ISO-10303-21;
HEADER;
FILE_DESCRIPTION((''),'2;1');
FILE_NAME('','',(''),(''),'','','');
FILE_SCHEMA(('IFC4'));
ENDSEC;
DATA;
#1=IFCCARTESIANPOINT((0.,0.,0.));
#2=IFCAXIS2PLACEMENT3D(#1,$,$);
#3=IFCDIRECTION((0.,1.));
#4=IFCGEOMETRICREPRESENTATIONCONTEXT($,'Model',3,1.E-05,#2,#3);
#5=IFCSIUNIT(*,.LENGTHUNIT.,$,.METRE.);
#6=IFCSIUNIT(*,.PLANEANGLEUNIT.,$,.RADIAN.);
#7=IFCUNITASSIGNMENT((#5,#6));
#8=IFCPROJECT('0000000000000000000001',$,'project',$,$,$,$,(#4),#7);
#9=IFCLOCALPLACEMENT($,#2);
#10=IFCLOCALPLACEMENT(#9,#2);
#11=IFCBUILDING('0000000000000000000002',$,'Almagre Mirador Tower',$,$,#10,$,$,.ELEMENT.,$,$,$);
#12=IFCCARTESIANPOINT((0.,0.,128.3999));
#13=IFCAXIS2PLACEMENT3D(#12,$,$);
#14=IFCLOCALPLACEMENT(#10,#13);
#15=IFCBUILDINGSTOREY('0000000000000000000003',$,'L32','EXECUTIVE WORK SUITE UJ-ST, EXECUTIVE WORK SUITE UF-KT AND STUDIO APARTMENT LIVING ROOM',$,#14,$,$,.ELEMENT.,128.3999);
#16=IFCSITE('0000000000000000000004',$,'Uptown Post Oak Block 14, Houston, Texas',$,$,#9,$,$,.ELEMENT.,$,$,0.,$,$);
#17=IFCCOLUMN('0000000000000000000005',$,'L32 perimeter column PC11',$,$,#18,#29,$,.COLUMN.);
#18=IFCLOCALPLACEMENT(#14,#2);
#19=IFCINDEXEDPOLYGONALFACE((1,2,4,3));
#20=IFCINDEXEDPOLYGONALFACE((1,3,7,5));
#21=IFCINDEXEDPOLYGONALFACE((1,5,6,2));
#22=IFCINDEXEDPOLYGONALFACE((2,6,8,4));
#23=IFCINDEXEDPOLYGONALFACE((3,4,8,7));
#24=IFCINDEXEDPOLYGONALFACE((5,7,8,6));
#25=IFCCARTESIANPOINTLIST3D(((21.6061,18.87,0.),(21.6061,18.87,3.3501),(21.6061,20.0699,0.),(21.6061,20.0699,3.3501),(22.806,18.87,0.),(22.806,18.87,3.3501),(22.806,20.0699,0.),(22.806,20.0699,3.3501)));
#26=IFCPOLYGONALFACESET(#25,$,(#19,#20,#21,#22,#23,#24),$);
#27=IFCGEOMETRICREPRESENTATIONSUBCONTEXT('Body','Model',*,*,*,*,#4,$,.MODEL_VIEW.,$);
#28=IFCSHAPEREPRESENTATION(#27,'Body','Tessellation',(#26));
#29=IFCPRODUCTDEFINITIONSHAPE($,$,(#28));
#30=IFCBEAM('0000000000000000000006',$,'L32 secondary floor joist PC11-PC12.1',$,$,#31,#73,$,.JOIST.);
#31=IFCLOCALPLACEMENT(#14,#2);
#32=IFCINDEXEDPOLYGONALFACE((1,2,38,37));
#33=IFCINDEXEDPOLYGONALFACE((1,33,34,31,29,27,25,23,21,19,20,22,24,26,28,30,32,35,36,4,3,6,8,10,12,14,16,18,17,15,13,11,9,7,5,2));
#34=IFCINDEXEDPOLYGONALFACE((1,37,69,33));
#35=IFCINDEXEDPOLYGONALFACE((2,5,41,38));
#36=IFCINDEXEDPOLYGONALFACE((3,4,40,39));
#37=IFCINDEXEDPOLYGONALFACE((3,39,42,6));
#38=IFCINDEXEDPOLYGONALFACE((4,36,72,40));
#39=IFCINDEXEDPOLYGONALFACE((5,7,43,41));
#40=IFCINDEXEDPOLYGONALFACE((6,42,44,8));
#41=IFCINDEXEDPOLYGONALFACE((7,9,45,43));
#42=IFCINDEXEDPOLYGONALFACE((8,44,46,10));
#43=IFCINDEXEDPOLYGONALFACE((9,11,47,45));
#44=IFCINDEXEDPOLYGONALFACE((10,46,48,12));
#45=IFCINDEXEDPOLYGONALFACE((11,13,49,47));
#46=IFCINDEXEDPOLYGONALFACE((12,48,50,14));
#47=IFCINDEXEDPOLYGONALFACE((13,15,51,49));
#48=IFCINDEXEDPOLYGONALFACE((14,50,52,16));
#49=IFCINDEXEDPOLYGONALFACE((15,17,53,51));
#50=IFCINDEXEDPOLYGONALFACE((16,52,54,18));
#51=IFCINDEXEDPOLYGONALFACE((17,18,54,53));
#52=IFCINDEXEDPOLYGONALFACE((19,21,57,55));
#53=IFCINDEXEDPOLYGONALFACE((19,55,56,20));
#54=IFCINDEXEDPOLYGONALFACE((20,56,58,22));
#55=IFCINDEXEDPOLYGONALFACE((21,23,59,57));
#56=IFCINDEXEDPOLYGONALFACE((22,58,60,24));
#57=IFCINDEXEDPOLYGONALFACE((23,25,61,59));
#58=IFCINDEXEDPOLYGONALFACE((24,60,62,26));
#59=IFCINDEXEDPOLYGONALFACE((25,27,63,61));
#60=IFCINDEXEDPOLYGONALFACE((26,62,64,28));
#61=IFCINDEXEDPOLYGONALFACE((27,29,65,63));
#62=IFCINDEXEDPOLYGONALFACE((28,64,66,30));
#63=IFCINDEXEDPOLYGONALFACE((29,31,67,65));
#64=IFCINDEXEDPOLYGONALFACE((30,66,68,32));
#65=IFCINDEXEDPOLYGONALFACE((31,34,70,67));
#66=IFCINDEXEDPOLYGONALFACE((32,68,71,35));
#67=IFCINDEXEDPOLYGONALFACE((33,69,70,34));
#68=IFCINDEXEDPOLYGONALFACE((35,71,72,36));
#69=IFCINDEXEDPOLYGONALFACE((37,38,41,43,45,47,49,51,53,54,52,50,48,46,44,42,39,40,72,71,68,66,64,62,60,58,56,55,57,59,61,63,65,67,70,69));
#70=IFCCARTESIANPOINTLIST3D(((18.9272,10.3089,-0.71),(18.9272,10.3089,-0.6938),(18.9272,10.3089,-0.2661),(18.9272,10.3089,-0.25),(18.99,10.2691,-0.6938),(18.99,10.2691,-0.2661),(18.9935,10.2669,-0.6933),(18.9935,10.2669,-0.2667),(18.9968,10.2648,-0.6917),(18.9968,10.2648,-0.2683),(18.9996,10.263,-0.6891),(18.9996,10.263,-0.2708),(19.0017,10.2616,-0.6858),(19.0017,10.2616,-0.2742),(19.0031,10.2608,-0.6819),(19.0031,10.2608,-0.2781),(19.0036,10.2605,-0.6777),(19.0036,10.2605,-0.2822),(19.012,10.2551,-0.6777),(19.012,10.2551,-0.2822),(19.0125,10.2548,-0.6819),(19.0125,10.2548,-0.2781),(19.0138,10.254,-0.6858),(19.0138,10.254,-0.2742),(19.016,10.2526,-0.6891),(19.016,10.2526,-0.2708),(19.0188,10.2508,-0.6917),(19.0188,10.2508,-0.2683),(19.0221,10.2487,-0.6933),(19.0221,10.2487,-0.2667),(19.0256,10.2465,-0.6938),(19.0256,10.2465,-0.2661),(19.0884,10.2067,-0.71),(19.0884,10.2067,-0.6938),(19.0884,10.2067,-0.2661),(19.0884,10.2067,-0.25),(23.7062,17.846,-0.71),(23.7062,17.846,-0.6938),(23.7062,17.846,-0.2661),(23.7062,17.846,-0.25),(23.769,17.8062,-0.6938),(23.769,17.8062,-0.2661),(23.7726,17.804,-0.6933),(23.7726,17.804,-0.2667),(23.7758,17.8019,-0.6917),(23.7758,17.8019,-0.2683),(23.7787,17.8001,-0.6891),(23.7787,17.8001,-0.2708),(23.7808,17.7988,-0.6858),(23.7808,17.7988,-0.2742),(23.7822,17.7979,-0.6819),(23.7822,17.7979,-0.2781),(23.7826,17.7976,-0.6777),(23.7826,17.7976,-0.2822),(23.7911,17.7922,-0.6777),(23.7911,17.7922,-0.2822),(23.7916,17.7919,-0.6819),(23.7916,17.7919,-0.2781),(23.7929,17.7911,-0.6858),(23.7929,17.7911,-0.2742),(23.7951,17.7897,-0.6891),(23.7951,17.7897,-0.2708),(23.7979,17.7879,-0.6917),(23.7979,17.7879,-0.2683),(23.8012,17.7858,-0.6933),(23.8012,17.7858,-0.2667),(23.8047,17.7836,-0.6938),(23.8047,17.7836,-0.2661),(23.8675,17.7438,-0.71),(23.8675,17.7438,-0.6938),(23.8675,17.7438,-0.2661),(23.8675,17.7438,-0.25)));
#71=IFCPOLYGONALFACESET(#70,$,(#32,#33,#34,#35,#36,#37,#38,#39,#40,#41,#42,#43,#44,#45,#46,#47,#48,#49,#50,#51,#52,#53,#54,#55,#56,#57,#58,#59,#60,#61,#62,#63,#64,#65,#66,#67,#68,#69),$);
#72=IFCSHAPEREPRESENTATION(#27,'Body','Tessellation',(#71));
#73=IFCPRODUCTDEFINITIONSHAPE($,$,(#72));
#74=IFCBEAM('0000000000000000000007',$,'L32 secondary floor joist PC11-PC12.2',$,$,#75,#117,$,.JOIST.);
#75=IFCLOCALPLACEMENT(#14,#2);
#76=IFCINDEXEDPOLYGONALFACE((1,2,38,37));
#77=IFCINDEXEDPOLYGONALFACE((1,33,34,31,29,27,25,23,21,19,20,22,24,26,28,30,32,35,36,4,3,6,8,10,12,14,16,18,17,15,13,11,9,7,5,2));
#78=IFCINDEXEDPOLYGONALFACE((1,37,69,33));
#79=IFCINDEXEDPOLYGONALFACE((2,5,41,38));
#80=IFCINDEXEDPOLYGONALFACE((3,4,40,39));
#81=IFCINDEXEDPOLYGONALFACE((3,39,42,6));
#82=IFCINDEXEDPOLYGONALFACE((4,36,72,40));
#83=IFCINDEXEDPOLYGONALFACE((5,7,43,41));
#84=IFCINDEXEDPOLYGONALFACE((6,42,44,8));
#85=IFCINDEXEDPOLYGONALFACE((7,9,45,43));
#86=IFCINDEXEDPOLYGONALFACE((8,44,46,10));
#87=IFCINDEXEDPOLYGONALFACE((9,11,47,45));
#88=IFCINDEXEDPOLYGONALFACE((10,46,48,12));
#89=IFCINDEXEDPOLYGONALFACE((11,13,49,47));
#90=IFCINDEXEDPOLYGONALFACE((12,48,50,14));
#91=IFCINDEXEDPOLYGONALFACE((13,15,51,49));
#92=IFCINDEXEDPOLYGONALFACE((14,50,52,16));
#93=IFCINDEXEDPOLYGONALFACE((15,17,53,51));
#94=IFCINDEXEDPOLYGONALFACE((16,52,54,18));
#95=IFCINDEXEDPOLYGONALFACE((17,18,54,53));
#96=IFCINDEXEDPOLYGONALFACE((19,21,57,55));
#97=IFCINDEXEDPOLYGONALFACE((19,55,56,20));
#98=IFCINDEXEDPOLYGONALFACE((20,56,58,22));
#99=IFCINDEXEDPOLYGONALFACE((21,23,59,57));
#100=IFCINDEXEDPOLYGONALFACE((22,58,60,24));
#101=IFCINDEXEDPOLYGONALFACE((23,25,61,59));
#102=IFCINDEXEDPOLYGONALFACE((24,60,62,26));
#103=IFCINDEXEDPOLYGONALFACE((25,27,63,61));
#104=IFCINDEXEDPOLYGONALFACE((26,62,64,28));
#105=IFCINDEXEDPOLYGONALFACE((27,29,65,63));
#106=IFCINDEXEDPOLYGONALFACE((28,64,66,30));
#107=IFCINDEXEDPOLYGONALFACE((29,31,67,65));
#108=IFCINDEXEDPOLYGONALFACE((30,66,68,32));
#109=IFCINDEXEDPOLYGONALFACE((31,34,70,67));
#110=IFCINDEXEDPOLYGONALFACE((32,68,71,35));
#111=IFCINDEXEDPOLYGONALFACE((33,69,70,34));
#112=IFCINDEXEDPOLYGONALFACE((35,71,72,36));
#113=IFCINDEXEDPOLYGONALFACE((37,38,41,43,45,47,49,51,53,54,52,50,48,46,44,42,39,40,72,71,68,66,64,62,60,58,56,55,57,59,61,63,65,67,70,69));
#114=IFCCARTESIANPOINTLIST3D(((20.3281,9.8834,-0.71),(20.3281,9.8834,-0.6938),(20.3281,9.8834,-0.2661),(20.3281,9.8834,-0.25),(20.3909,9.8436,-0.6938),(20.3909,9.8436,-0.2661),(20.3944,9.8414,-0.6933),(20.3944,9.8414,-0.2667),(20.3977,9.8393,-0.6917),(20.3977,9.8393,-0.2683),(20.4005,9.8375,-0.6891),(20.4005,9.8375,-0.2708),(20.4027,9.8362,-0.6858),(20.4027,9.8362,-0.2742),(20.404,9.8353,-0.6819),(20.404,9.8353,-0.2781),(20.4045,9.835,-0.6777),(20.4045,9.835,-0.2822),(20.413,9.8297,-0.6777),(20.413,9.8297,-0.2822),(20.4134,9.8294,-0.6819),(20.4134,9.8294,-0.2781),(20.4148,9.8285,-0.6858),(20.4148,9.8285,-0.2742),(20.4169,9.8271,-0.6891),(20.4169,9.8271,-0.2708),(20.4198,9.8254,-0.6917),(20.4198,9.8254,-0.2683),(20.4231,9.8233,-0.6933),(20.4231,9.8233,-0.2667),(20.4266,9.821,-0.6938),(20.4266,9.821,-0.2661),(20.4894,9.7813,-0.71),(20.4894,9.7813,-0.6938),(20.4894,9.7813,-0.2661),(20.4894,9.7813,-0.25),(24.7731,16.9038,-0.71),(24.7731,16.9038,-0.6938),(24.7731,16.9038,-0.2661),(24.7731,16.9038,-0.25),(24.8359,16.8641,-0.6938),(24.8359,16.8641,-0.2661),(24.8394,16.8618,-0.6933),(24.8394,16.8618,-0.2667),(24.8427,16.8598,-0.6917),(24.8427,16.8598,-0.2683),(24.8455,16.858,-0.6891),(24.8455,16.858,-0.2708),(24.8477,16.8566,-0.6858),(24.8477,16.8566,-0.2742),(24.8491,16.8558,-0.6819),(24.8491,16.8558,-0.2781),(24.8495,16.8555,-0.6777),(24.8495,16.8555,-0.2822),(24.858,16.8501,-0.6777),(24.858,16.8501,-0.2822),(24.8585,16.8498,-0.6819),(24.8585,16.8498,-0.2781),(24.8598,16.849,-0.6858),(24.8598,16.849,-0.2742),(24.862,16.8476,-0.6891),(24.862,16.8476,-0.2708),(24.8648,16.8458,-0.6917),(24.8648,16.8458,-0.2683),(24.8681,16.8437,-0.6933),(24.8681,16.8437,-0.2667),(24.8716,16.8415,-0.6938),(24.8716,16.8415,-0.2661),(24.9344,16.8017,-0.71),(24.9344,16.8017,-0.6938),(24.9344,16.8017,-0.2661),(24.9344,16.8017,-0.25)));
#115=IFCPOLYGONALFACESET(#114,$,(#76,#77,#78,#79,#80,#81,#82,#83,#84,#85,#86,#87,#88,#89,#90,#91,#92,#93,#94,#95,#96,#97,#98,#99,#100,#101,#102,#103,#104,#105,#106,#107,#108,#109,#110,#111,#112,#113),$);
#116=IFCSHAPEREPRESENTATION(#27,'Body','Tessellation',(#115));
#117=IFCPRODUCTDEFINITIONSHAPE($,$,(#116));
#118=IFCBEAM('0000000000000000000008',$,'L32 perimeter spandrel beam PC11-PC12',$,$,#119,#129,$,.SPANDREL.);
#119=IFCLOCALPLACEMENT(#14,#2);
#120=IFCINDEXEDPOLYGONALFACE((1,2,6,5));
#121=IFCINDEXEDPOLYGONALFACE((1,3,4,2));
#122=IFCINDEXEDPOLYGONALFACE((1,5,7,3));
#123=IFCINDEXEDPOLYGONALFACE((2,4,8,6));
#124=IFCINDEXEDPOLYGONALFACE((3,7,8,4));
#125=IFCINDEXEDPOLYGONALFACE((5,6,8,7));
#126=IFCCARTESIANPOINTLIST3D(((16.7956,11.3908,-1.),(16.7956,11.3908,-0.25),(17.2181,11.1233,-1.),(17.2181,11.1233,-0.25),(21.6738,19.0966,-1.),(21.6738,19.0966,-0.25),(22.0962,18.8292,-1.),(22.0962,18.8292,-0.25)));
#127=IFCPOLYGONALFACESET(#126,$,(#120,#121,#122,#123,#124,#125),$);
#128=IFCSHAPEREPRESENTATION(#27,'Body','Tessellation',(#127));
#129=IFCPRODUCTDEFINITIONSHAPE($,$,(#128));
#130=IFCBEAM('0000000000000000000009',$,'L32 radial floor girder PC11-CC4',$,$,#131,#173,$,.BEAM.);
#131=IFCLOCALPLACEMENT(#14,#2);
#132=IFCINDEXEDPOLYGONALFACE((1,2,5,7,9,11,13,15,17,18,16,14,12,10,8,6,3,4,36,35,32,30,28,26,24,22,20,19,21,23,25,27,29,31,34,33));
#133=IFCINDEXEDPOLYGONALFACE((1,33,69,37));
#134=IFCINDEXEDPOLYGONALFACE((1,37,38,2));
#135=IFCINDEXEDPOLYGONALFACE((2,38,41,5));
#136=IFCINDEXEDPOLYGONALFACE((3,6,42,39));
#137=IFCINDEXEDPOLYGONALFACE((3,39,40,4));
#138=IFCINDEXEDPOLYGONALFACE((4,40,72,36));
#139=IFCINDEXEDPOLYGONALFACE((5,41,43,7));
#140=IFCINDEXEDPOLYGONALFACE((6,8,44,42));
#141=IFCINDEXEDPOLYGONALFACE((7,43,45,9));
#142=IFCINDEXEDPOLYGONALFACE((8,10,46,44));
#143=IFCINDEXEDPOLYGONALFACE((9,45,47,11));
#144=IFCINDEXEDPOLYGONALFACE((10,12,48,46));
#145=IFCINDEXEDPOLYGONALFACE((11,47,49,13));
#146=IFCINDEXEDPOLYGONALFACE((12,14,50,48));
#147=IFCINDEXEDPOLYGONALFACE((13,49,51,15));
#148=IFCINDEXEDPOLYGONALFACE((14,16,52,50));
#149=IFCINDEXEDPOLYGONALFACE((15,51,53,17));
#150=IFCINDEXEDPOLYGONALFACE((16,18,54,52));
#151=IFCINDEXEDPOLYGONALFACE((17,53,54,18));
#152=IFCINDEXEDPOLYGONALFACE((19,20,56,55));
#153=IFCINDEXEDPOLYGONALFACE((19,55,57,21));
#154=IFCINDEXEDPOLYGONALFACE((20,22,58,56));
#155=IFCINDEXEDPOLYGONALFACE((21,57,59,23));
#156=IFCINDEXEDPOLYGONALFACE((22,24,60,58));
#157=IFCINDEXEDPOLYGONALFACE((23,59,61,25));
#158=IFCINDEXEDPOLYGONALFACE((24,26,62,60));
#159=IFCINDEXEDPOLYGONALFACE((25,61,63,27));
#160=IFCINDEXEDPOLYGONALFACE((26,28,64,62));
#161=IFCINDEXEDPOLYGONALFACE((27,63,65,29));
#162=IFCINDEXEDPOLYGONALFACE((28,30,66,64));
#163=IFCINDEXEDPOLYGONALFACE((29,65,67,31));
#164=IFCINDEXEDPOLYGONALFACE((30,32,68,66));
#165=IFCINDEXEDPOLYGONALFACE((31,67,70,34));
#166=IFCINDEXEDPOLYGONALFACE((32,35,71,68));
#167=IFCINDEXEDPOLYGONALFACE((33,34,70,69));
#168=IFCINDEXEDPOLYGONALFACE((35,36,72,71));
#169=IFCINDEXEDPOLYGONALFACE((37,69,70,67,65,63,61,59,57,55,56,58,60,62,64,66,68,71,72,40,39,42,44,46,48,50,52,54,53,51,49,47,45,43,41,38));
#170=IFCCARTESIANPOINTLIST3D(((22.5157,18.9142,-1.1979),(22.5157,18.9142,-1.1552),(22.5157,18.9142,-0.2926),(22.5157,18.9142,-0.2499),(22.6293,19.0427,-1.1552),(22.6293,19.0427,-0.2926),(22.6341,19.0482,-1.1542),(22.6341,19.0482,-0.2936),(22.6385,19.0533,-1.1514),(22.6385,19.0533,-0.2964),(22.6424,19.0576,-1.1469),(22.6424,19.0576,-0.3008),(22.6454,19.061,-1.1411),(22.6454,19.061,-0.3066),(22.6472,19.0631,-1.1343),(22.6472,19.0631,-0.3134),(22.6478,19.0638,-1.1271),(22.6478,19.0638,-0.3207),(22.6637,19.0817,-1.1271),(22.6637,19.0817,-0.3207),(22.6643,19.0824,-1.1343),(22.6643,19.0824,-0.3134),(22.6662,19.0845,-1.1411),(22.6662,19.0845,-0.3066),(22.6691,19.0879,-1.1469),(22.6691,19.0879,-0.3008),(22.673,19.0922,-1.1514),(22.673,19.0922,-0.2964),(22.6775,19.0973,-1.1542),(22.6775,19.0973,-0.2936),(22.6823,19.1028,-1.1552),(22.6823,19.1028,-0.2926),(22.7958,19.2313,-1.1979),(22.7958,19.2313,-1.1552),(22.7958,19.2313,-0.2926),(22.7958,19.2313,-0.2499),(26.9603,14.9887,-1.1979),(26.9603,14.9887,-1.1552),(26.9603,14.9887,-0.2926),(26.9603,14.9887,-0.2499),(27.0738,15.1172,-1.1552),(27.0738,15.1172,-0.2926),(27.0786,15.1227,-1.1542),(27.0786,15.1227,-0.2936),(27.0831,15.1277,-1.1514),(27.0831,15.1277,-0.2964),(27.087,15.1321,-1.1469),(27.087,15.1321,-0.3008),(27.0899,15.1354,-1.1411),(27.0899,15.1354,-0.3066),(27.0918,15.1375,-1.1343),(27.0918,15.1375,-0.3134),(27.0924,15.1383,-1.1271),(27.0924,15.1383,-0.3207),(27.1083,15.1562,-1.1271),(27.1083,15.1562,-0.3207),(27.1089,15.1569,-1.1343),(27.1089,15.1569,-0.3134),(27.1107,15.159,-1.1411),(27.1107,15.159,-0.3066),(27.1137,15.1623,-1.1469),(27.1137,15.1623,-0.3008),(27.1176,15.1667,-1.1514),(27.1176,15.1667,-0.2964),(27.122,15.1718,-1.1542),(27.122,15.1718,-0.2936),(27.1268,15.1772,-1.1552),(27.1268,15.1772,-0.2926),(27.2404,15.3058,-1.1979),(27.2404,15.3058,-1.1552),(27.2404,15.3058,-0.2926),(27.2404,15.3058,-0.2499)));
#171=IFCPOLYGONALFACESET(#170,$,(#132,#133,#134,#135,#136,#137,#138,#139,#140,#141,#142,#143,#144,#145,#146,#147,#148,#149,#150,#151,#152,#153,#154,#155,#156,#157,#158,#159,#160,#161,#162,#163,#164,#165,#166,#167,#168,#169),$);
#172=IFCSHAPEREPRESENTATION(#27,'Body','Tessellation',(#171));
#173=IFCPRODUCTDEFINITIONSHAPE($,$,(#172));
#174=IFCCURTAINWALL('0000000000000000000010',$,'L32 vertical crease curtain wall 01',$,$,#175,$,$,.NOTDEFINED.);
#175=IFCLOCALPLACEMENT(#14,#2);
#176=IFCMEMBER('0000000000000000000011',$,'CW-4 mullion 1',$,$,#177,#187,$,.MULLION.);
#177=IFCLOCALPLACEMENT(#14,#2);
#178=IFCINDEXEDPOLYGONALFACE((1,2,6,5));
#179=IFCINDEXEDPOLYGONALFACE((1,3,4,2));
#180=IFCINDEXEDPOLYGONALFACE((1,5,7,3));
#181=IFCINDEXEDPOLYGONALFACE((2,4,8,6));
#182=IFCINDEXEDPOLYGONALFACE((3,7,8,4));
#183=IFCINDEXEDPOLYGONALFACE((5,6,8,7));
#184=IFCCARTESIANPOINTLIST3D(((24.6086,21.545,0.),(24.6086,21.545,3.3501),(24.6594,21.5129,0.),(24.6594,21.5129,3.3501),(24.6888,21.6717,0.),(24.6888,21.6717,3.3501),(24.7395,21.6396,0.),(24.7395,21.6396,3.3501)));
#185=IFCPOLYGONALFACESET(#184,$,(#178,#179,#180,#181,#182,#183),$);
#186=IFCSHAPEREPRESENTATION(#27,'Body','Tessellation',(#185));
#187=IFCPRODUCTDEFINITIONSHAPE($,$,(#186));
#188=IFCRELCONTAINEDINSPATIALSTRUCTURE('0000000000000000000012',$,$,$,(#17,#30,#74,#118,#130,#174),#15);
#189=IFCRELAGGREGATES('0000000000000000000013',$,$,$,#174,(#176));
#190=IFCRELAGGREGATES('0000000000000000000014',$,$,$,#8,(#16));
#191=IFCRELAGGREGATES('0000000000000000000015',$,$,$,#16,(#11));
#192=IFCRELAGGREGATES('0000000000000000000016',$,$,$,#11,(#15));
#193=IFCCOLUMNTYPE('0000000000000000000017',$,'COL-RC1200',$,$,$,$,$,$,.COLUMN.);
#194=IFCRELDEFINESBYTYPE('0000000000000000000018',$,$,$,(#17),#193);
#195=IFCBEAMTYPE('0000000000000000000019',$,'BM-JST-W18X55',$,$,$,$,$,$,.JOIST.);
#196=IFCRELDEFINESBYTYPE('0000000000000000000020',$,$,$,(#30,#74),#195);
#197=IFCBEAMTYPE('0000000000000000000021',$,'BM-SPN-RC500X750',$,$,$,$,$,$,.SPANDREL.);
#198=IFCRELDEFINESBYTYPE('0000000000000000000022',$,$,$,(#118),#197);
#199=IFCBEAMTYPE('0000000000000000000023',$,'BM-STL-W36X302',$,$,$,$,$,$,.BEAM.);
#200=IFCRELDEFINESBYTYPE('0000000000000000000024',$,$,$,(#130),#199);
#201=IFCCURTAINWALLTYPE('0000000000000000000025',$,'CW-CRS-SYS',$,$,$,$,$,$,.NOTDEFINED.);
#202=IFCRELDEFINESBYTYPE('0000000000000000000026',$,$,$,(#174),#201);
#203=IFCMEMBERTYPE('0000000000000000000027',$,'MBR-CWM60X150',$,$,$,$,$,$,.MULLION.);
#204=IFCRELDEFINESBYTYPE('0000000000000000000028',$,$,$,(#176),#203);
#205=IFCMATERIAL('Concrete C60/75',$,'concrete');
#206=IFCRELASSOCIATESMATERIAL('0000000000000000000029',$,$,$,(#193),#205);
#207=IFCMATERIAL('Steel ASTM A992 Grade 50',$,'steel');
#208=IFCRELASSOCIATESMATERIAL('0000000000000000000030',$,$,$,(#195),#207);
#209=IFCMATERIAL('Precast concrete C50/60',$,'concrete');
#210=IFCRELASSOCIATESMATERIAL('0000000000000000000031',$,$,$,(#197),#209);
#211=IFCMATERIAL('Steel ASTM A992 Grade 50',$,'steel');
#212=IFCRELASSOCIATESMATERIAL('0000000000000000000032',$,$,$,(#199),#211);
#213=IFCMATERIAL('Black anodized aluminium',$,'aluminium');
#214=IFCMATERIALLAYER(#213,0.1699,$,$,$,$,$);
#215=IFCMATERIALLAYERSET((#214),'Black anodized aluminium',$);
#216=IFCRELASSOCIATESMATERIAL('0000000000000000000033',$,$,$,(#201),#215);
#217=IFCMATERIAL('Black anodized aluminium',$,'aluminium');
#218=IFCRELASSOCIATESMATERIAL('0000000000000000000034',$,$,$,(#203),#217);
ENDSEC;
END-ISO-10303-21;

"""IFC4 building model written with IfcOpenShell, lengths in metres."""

from ifc_helpers import new_model, si_unit, direction, frame, origin, origin_2d, place, context, subcontext, project, spatial, rectangle, i_section, extrude, material, layer, layer_set, material_profile, profile_set, type_object, element, aggregate, save


model = new_model("IFC4")

# Units and contexts
model_context = context("Model", 3, precision=1e-05, world=origin(), true_north=direction((0.0, 1.0)))
body_context = subcontext(model_context, "Body", "Model", "MODEL_VIEW")
ifc_project = project(units=[si_unit("LENGTHUNIT", "METRE"), si_unit("PLANEANGLEUNIT", "RADIAN")], contexts=[model_context])

# Site, building, storey
site_placement = place(None, origin())
site = spatial("IfcSite", under=ifc_project, at=site_placement, Name="Uptown Post Oak Block 14, Houston, Texas", CompositionType="ELEMENT", RefElevation=0.0)
building_placement = place(site_placement, origin())
building = spatial("IfcBuilding", under=site, at=building_placement, Name="Almagre Mirador Tower", CompositionType="ELEMENT")
storey_placement = place(building_placement, frame((0.0, 0.0, 128.3999)))
storey = spatial("IfcBuildingStorey", under=building, at=storey_placement, Name="L32", Description="EXECUTIVE WORK SUITE UJ-ST, EXECUTIVE WORK SUITE UF-KT AND STUDIO APARTMENT LIVING ROOM", CompositionType="ELEMENT", Elevation=128.3999)

# Column
ifc_material_1 = material(Name="Concrete C60/75", Category="concrete")
ifc_material_profile_1 = material_profile(ifc_material_1, rectangle(XDim=1.2, YDim=1.2, at=origin_2d()), Name="RC1200X1200")
ifc_profile_set_1 = profile_set([ifc_material_profile_1], Name="Concrete C60/75")
column_type = type_object("IfcColumnType", Name="COL-RC1200", PredefinedType="COLUMN", material=ifc_profile_set_1)
column_placement = place(storey_placement, frame((22.2061, 19.47, 0.0), z_axis=(0.0, 0.0, 1.0), x_axis=(1.0, 0.0, 0.0)))
element("IfcColumn", 1, at=column_placement, inside=storey, type_object=column_type, Name="L32 perimeter column PC11", PredefinedType="COLUMN", context=body_context, shape_type="SweptSolid", body=[
    extrude(rectangle(XDim=1.2, YDim=1.2, at=origin_2d()), origin(), (0.0, 0.0, 1.0), 3.3501),
])

# Beams
ifc_material_2 = material(Name="Steel ASTM A992 Grade 50", Category="steel")
ifc_material_profile_2 = material_profile(ifc_material_2, i_section(OverallWidth=0.1909, OverallDepth=0.46, WebThickness=0.01, FlangeThickness=0.0161, FilletRadius=0.0161, at=origin_2d()), Name="W18X55")
ifc_profile_set_2 = profile_set([ifc_material_profile_2], Name="Steel ASTM A992 Grade 50")
beam_type_1 = type_object("IfcBeamType", Name="BM-JST-W18X55", PredefinedType="JOIST", material=ifc_profile_set_2)
beam_1_placement = place(storey_placement, frame((23.7869, 17.7949, -0.48), z_axis=(-0.535496, -0.844538, 0.0), x_axis=(0.844538, -0.535496, 0.0)))
element("IfcBeam", 2, at=beam_1_placement, inside=storey, type_object=beam_type_1, Name="L32 secondary floor joist PC11-PC12.1", PredefinedType="JOIST", context=body_context, shape_type="SweptSolid", body=[
    extrude(i_section(OverallWidth=0.1909, OverallDepth=0.46, WebThickness=0.01, FlangeThickness=0.0161, FilletRadius=0.0161, at=origin_2d()), origin(), (0.0, 0.0, 1.0), 8.9246),
])
beam_2_placement = place(storey_placement, frame((24.8538, 16.8528, -0.48), z_axis=(-0.534944, -0.844887, 0.0), x_axis=(0.844887, -0.534944, 0.0)))
element("IfcBeam", 3, at=beam_2_placement, inside=storey, type_object=beam_type_1, Name="L32 secondary floor joist PC11-PC12.2", PredefinedType="JOIST", context=body_context, shape_type="SweptSolid", body=[
    extrude(i_section(OverallWidth=0.1909, OverallDepth=0.46, WebThickness=0.01, FlangeThickness=0.0161, FilletRadius=0.0161, at=origin_2d()), origin(), (0.0, 0.0, 1.0), 8.3093),
])
ifc_material_3 = material(Name="Precast concrete C50/60", Category="concrete")
ifc_material_profile_3 = material_profile(ifc_material_3, rectangle(XDim=0.5, YDim=0.75, at=origin_2d()), Name="RC500X750")
ifc_profile_set_3 = profile_set([ifc_material_profile_3], Name="Precast concrete C50/60")
beam_type_2 = type_object("IfcBeamType", Name="BM-SPN-RC500X750", PredefinedType="SPANDREL", material=ifc_profile_set_3)
beam_3_placement = place(storey_placement, frame((21.885, 18.9629, -0.625), z_axis=(-0.534882, -0.844927, 0.0), x_axis=(0.844927, -0.534882, 0.0)))
element("IfcBeam", 4, at=beam_3_placement, inside=storey, type_object=beam_type_2, Name="L32 perimeter spandrel beam PC11-PC12", PredefinedType="SPANDREL", context=body_context, shape_type="SweptSolid", body=[
    extrude(rectangle(XDim=0.5, YDim=0.75, at=origin_2d()), origin(), (0.0, 0.0, 1.0), 9.1201),
])
ifc_material_4 = material(Name="Steel ASTM A992 Grade 50", Category="steel")
ifc_material_profile_4 = material_profile(ifc_material_4, i_section(OverallWidth=0.4231, OverallDepth=0.948, WebThickness=0.0239, FlangeThickness=0.0427, FilletRadius=0.0281, at=origin_2d()), Name="W36X302")
ifc_profile_set_4 = profile_set([ifc_material_profile_4], Name="Steel ASTM A992 Grade 50")
beam_type_3 = type_object("IfcBeamType", Name="BM-STL-W36X302", PredefinedType="BEAM", material=ifc_profile_set_4)
beam_4_placement = place(storey_placement, frame((22.6558, 19.0728, -0.7239), z_axis=(0.749516, -0.661986, 0.0), x_axis=(0.661986, 0.749516, 0.0)))
element("IfcBeam", 5, at=beam_4_placement, inside=storey, type_object=beam_type_3, Name="L32 radial floor girder PC11-CC4", PredefinedType="BEAM", context=body_context, shape_type="SweptSolid", body=[
    extrude(i_section(OverallWidth=0.4231, OverallDepth=0.948, WebThickness=0.0239, FlangeThickness=0.0427, FilletRadius=0.0281, at=origin_2d()), origin(), (0.0, 0.0, 1.0), 5.9299),
])

# Curtain wall, member
ifc_material_5 = material(Name="Black anodized aluminium", Category="aluminium")
ifc_layer_1 = layer(ifc_material_5, 0.1699)
ifc_layer_set_1 = layer_set([ifc_layer_1], Name="Black anodized aluminium")
curtain_wall_type = type_object("IfcCurtainWallType", Name="CW-CRS-SYS", PredefinedType="NOTDEFINED", material=ifc_layer_set_1)
curtain_wall_placement = place(storey_placement, origin())
curtain_wall = element("IfcCurtainWall", 6, at=curtain_wall_placement, inside=storey, type_object=curtain_wall_type, Name="L32 vertical crease curtain wall 01", PredefinedType="NOTDEFINED")
ifc_material_6 = material(Name="Black anodized aluminium", Category="aluminium")
ifc_material_profile_5 = material_profile(ifc_material_6, rectangle(XDim=0.0601, YDim=0.1499, at=origin_2d()), Name="CWM60X150")
ifc_profile_set_5 = profile_set([ifc_material_profile_5], Name="Black anodized aluminium")
member_type_1 = type_object("IfcMemberType", Name="MBR-CWM60X150", PredefinedType="MULLION", material=ifc_profile_set_5)
member_1_placement = place(storey_placement, frame((24.6741, 21.5923, 0.0), z_axis=(0.0, 0.0, 1.0), x_axis=(-0.84492, 0.534893, 0.0)))
member_1 = element("IfcMember", 7, at=member_1_placement, type_object=member_type_1, Name="CW-4 mullion 1", PredefinedType="MULLION", context=body_context, shape_type="SweptSolid", body=[
    extrude(rectangle(XDim=0.0601, YDim=0.1499, at=origin_2d()), origin(), (0.0, 0.0, 1.0), 3.3501),
])
aggregate(curtain_wall, [member_1])

save(model, "model.ifc")
